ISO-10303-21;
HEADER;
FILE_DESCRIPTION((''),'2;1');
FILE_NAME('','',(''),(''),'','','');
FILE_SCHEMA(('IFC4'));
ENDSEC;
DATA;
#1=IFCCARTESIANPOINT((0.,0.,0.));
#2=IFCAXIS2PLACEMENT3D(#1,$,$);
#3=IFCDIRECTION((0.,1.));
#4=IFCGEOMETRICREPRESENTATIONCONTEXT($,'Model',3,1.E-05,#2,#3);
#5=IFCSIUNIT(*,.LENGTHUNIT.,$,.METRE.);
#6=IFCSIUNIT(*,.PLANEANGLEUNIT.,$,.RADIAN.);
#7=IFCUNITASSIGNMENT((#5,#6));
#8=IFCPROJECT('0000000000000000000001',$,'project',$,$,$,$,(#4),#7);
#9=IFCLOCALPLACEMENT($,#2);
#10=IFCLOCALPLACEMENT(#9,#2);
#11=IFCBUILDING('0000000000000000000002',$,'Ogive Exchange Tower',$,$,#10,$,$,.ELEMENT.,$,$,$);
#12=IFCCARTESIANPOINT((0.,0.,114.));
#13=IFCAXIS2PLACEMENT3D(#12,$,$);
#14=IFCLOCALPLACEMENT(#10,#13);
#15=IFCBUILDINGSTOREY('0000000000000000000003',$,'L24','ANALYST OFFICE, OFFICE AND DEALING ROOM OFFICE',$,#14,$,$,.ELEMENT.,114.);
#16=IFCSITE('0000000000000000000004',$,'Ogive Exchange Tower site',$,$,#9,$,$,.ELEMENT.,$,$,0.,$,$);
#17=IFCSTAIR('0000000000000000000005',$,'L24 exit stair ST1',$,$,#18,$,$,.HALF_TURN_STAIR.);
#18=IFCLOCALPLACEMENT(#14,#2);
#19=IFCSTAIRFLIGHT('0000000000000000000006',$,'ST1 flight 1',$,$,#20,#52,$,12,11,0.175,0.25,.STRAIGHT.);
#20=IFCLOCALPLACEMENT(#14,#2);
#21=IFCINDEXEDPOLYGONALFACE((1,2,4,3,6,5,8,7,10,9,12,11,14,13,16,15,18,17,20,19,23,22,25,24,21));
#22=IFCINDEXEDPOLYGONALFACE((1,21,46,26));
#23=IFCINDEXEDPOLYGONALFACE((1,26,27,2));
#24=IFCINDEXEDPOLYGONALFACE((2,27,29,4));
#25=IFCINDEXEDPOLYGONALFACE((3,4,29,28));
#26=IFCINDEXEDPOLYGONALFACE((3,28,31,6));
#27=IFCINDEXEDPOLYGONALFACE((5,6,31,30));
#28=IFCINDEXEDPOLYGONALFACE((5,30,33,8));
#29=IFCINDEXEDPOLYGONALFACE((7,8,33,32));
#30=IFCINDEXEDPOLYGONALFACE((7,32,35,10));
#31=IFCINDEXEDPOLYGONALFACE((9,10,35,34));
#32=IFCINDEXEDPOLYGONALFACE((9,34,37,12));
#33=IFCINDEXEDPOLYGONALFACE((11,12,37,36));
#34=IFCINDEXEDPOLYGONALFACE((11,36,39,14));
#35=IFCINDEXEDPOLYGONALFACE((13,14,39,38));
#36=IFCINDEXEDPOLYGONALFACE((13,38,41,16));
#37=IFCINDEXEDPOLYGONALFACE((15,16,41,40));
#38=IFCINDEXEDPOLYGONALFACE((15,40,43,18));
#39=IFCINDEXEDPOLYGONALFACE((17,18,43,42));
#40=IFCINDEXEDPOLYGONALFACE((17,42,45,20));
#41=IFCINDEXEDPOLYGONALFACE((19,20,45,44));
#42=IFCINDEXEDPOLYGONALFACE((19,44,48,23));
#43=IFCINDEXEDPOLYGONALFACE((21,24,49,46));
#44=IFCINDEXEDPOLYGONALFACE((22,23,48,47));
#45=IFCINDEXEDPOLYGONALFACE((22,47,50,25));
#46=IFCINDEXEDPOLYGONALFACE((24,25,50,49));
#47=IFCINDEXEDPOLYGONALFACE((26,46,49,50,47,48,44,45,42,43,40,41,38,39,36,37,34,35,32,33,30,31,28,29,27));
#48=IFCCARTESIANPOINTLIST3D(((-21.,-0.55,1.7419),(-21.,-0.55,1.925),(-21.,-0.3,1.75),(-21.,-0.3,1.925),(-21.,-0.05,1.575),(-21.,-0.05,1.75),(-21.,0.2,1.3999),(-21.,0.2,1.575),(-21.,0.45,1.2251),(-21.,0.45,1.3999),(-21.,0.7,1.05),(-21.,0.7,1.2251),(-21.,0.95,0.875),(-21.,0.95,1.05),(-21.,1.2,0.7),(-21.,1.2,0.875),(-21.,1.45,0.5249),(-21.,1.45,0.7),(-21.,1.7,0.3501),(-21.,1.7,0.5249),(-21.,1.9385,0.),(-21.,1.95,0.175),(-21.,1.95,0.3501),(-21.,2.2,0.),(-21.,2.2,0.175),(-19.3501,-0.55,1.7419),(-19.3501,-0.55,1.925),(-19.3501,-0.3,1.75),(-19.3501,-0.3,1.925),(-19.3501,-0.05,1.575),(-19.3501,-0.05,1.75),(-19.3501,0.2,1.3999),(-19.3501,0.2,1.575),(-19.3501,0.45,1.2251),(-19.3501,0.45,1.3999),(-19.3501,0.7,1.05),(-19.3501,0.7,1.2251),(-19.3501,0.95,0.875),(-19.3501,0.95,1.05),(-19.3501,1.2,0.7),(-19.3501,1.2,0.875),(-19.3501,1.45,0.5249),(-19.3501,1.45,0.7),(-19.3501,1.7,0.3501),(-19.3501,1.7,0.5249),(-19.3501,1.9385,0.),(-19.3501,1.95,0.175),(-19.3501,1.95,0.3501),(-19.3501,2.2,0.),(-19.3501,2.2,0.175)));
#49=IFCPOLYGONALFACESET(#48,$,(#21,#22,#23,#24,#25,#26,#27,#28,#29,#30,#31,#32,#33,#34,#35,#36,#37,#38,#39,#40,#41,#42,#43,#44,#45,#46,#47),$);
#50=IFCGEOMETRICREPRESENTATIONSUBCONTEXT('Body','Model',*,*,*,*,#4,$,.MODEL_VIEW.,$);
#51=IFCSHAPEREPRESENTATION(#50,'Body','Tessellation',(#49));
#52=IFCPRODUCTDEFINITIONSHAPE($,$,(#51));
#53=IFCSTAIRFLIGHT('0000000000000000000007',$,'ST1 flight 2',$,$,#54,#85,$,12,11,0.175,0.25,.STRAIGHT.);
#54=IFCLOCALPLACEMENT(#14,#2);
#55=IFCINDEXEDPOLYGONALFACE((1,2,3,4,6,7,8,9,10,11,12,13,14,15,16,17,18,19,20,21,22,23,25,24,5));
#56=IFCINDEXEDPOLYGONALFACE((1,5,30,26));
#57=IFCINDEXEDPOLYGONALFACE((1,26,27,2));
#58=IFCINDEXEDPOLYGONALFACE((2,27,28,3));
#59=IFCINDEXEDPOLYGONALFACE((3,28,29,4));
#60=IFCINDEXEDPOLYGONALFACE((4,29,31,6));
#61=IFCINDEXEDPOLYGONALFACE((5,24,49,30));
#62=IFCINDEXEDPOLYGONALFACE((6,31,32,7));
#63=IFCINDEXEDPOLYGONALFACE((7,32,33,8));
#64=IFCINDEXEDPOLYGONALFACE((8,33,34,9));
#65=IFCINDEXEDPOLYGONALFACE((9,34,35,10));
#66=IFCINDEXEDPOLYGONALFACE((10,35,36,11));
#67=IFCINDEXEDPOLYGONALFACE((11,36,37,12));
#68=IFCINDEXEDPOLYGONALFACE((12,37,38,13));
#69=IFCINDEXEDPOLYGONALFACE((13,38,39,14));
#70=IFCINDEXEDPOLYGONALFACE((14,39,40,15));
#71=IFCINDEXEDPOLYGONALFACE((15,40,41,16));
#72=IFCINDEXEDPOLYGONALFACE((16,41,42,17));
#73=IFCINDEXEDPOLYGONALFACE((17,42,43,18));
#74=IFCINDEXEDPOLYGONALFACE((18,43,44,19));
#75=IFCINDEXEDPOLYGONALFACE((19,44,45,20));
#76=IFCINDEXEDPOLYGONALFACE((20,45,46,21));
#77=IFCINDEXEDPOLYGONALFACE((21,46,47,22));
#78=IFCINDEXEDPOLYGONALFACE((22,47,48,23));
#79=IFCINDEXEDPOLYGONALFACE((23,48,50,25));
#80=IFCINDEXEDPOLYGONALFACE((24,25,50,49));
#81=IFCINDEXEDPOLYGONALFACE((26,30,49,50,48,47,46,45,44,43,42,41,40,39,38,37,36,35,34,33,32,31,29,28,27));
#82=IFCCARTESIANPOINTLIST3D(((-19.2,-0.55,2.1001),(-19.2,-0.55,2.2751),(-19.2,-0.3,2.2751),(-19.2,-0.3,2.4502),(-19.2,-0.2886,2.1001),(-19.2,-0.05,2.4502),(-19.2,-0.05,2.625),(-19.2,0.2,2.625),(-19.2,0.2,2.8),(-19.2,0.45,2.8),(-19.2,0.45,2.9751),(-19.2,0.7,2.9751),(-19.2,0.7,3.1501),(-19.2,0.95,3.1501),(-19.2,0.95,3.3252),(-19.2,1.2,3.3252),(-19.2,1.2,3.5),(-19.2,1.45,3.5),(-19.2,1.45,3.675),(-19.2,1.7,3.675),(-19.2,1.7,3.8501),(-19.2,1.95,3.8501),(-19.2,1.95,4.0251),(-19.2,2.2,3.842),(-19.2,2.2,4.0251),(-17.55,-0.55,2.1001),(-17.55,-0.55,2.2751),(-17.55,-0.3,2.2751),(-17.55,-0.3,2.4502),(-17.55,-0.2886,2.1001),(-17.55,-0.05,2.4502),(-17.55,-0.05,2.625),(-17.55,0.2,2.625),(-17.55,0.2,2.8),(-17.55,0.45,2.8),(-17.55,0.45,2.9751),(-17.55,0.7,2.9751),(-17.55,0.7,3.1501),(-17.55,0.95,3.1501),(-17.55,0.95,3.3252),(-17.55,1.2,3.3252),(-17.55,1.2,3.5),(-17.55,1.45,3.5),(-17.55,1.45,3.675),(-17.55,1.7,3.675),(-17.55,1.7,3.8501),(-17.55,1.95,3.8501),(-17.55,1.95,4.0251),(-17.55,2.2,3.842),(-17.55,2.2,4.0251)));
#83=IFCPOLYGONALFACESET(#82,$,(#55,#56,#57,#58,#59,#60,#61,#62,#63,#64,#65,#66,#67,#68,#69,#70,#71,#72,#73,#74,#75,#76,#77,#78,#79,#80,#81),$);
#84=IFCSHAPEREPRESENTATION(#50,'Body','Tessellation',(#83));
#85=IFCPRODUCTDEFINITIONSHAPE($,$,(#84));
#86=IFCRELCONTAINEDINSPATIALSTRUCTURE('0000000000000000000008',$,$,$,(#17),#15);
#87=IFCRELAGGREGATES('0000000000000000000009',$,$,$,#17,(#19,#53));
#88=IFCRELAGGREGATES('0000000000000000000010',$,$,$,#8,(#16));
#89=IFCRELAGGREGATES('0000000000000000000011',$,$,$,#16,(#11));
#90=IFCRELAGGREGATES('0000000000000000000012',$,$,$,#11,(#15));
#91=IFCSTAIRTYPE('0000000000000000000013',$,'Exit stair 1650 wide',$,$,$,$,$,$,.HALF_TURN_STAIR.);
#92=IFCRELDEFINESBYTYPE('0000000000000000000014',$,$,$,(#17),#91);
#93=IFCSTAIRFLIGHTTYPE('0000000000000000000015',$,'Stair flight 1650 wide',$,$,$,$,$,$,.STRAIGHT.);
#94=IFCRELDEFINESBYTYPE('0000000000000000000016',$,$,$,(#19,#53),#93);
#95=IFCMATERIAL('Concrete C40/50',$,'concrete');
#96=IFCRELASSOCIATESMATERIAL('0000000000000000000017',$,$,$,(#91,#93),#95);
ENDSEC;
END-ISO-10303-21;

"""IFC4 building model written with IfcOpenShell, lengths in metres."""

from ifc_helpers import new_model, si_unit, direction, frame, origin, place, context, subcontext, project, spatial, polyline, outline, extrude, material, type_object, element, aggregate, save


model = new_model("IFC4")

# Units and contexts
model_context = context("Model", 3, precision=1e-05, world=origin(), true_north=direction((0.0, 1.0)))
body_context = subcontext(model_context, "Body", "Model", "MODEL_VIEW")
ifc_project = project(units=[si_unit("LENGTHUNIT", "METRE"), si_unit("PLANEANGLEUNIT", "RADIAN")], contexts=[model_context])

# Site, building, storey
site_placement = place(None, origin())
site = spatial("IfcSite", under=ifc_project, at=site_placement, Name="Ogive Exchange Tower site", CompositionType="ELEMENT", RefElevation=0.0)
building_placement = place(site_placement, origin())
building = spatial("IfcBuilding", under=site, at=building_placement, Name="Ogive Exchange Tower", CompositionType="ELEMENT")
storey_placement = place(building_placement, frame((0.0, 0.0, 114.0)))
storey = spatial("IfcBuildingStorey", under=building, at=storey_placement, Name="L24", Description="ANALYST OFFICE, OFFICE AND DEALING ROOM OFFICE", CompositionType="ELEMENT", Elevation=114.0)

# Stair, stair flights
ifc_material_1 = material(Name="Concrete C40/50", Category="concrete")
stair_type = type_object("IfcStairType", Name="Exit stair 1650 wide", PredefinedType="HALF_TURN_STAIR", material=ifc_material_1)
stair_placement = place(storey_placement, origin())
stair = element("IfcStair", 1, at=stair_placement, inside=storey, type_object=stair_type, Name="L24 exit stair ST1", PredefinedType="HALF_TURN_STAIR")
stair_flight_type = type_object("IfcStairFlightType", Name="Stair flight 1650 wide", PredefinedType="STRAIGHT", material=ifc_material_1)
stair_flight_1_placement = place(storey_placement, frame((-20.175, 2.2, 0.0), z_axis=(0.0, 0.0, 1.0), x_axis=(0.0, -1.0, 0.0)))
stair_flight_1 = element("IfcStairFlight", 2, at=stair_flight_1_placement, type_object=stair_flight_type, Name="ST1 flight 1", NumberOfRisers=12, NumberOfTreads=11, PredefinedType="STRAIGHT", RiserHeight=0.175, TreadLength=0.25, context=body_context, shape_type="SweptSolid", body=[
    extrude(outline(polyline([(0.0, 0.0), (0.0, 0.175), (0.25, 0.175), (0.25, 0.3501), (0.5, 0.3501), (0.5, 0.5249), (0.75, 0.5249), (0.75, 0.7), (1.0, 0.7), (1.0, 0.875), (1.25, 0.875), (1.25, 1.05), (1.5, 1.05), (1.5, 1.2251), (1.75, 1.2251), (1.75, 1.3999), (2.0, 1.3999), (2.0, 1.575), (2.25, 1.575), (2.25, 1.75), (2.5, 1.75), (2.5, 1.925), (2.75, 1.925), (2.75, 2.1001), (2.75, 1.7419), (0.2615, 0.0), (0.0, 0.0)])), frame((0.0, 0.825, 0.0), z_axis=(0.0, -1.0, 0.0), x_axis=(1.0, 0.0, 0.0)), (0.0, 0.0, 1.0), 1.6499),
])
stair_flight_2_placement = place(storey_placement, frame((-18.375, -0.55, 2.1001), z_axis=(0.0, 0.0, 1.0), x_axis=(0.0, 1.0, 0.0)))
stair_flight_2 = element("IfcStairFlight", 3, at=stair_flight_2_placement, type_object=stair_flight_type, Name="ST1 flight 2", NumberOfRisers=12, NumberOfTreads=11, PredefinedType="STRAIGHT", RiserHeight=0.175, TreadLength=0.25, context=body_context, shape_type="SweptSolid", body=[
    extrude(outline(polyline([(0.0, 0.0), (0.0, 0.175), (0.25, 0.175), (0.25, 0.3501), (0.5, 0.3501), (0.5, 0.5249), (0.75, 0.5249), (0.75, 0.7), (1.0, 0.7), (1.0, 0.875), (1.25, 0.875), (1.25, 1.05), (1.5, 1.05), (1.5, 1.2251), (1.75, 1.2251), (1.75, 1.3999), (2.0, 1.3999), (2.0, 1.575), (2.25, 1.575), (2.25, 1.75), (2.5, 1.75), (2.5, 1.925), (2.75, 1.925), (2.75, 2.1001), (2.75, 1.7419), (0.2615, 0.0), (0.0, 0.0)])), frame((0.0, 0.825, 0.0), z_axis=(0.0, -1.0, 0.0), x_axis=(1.0, 0.0, 0.0)), (0.0, 0.0, 1.0), 1.6499),
])
aggregate(stair, [stair_flight_1, stair_flight_2])

save(model, "model.ifc")
